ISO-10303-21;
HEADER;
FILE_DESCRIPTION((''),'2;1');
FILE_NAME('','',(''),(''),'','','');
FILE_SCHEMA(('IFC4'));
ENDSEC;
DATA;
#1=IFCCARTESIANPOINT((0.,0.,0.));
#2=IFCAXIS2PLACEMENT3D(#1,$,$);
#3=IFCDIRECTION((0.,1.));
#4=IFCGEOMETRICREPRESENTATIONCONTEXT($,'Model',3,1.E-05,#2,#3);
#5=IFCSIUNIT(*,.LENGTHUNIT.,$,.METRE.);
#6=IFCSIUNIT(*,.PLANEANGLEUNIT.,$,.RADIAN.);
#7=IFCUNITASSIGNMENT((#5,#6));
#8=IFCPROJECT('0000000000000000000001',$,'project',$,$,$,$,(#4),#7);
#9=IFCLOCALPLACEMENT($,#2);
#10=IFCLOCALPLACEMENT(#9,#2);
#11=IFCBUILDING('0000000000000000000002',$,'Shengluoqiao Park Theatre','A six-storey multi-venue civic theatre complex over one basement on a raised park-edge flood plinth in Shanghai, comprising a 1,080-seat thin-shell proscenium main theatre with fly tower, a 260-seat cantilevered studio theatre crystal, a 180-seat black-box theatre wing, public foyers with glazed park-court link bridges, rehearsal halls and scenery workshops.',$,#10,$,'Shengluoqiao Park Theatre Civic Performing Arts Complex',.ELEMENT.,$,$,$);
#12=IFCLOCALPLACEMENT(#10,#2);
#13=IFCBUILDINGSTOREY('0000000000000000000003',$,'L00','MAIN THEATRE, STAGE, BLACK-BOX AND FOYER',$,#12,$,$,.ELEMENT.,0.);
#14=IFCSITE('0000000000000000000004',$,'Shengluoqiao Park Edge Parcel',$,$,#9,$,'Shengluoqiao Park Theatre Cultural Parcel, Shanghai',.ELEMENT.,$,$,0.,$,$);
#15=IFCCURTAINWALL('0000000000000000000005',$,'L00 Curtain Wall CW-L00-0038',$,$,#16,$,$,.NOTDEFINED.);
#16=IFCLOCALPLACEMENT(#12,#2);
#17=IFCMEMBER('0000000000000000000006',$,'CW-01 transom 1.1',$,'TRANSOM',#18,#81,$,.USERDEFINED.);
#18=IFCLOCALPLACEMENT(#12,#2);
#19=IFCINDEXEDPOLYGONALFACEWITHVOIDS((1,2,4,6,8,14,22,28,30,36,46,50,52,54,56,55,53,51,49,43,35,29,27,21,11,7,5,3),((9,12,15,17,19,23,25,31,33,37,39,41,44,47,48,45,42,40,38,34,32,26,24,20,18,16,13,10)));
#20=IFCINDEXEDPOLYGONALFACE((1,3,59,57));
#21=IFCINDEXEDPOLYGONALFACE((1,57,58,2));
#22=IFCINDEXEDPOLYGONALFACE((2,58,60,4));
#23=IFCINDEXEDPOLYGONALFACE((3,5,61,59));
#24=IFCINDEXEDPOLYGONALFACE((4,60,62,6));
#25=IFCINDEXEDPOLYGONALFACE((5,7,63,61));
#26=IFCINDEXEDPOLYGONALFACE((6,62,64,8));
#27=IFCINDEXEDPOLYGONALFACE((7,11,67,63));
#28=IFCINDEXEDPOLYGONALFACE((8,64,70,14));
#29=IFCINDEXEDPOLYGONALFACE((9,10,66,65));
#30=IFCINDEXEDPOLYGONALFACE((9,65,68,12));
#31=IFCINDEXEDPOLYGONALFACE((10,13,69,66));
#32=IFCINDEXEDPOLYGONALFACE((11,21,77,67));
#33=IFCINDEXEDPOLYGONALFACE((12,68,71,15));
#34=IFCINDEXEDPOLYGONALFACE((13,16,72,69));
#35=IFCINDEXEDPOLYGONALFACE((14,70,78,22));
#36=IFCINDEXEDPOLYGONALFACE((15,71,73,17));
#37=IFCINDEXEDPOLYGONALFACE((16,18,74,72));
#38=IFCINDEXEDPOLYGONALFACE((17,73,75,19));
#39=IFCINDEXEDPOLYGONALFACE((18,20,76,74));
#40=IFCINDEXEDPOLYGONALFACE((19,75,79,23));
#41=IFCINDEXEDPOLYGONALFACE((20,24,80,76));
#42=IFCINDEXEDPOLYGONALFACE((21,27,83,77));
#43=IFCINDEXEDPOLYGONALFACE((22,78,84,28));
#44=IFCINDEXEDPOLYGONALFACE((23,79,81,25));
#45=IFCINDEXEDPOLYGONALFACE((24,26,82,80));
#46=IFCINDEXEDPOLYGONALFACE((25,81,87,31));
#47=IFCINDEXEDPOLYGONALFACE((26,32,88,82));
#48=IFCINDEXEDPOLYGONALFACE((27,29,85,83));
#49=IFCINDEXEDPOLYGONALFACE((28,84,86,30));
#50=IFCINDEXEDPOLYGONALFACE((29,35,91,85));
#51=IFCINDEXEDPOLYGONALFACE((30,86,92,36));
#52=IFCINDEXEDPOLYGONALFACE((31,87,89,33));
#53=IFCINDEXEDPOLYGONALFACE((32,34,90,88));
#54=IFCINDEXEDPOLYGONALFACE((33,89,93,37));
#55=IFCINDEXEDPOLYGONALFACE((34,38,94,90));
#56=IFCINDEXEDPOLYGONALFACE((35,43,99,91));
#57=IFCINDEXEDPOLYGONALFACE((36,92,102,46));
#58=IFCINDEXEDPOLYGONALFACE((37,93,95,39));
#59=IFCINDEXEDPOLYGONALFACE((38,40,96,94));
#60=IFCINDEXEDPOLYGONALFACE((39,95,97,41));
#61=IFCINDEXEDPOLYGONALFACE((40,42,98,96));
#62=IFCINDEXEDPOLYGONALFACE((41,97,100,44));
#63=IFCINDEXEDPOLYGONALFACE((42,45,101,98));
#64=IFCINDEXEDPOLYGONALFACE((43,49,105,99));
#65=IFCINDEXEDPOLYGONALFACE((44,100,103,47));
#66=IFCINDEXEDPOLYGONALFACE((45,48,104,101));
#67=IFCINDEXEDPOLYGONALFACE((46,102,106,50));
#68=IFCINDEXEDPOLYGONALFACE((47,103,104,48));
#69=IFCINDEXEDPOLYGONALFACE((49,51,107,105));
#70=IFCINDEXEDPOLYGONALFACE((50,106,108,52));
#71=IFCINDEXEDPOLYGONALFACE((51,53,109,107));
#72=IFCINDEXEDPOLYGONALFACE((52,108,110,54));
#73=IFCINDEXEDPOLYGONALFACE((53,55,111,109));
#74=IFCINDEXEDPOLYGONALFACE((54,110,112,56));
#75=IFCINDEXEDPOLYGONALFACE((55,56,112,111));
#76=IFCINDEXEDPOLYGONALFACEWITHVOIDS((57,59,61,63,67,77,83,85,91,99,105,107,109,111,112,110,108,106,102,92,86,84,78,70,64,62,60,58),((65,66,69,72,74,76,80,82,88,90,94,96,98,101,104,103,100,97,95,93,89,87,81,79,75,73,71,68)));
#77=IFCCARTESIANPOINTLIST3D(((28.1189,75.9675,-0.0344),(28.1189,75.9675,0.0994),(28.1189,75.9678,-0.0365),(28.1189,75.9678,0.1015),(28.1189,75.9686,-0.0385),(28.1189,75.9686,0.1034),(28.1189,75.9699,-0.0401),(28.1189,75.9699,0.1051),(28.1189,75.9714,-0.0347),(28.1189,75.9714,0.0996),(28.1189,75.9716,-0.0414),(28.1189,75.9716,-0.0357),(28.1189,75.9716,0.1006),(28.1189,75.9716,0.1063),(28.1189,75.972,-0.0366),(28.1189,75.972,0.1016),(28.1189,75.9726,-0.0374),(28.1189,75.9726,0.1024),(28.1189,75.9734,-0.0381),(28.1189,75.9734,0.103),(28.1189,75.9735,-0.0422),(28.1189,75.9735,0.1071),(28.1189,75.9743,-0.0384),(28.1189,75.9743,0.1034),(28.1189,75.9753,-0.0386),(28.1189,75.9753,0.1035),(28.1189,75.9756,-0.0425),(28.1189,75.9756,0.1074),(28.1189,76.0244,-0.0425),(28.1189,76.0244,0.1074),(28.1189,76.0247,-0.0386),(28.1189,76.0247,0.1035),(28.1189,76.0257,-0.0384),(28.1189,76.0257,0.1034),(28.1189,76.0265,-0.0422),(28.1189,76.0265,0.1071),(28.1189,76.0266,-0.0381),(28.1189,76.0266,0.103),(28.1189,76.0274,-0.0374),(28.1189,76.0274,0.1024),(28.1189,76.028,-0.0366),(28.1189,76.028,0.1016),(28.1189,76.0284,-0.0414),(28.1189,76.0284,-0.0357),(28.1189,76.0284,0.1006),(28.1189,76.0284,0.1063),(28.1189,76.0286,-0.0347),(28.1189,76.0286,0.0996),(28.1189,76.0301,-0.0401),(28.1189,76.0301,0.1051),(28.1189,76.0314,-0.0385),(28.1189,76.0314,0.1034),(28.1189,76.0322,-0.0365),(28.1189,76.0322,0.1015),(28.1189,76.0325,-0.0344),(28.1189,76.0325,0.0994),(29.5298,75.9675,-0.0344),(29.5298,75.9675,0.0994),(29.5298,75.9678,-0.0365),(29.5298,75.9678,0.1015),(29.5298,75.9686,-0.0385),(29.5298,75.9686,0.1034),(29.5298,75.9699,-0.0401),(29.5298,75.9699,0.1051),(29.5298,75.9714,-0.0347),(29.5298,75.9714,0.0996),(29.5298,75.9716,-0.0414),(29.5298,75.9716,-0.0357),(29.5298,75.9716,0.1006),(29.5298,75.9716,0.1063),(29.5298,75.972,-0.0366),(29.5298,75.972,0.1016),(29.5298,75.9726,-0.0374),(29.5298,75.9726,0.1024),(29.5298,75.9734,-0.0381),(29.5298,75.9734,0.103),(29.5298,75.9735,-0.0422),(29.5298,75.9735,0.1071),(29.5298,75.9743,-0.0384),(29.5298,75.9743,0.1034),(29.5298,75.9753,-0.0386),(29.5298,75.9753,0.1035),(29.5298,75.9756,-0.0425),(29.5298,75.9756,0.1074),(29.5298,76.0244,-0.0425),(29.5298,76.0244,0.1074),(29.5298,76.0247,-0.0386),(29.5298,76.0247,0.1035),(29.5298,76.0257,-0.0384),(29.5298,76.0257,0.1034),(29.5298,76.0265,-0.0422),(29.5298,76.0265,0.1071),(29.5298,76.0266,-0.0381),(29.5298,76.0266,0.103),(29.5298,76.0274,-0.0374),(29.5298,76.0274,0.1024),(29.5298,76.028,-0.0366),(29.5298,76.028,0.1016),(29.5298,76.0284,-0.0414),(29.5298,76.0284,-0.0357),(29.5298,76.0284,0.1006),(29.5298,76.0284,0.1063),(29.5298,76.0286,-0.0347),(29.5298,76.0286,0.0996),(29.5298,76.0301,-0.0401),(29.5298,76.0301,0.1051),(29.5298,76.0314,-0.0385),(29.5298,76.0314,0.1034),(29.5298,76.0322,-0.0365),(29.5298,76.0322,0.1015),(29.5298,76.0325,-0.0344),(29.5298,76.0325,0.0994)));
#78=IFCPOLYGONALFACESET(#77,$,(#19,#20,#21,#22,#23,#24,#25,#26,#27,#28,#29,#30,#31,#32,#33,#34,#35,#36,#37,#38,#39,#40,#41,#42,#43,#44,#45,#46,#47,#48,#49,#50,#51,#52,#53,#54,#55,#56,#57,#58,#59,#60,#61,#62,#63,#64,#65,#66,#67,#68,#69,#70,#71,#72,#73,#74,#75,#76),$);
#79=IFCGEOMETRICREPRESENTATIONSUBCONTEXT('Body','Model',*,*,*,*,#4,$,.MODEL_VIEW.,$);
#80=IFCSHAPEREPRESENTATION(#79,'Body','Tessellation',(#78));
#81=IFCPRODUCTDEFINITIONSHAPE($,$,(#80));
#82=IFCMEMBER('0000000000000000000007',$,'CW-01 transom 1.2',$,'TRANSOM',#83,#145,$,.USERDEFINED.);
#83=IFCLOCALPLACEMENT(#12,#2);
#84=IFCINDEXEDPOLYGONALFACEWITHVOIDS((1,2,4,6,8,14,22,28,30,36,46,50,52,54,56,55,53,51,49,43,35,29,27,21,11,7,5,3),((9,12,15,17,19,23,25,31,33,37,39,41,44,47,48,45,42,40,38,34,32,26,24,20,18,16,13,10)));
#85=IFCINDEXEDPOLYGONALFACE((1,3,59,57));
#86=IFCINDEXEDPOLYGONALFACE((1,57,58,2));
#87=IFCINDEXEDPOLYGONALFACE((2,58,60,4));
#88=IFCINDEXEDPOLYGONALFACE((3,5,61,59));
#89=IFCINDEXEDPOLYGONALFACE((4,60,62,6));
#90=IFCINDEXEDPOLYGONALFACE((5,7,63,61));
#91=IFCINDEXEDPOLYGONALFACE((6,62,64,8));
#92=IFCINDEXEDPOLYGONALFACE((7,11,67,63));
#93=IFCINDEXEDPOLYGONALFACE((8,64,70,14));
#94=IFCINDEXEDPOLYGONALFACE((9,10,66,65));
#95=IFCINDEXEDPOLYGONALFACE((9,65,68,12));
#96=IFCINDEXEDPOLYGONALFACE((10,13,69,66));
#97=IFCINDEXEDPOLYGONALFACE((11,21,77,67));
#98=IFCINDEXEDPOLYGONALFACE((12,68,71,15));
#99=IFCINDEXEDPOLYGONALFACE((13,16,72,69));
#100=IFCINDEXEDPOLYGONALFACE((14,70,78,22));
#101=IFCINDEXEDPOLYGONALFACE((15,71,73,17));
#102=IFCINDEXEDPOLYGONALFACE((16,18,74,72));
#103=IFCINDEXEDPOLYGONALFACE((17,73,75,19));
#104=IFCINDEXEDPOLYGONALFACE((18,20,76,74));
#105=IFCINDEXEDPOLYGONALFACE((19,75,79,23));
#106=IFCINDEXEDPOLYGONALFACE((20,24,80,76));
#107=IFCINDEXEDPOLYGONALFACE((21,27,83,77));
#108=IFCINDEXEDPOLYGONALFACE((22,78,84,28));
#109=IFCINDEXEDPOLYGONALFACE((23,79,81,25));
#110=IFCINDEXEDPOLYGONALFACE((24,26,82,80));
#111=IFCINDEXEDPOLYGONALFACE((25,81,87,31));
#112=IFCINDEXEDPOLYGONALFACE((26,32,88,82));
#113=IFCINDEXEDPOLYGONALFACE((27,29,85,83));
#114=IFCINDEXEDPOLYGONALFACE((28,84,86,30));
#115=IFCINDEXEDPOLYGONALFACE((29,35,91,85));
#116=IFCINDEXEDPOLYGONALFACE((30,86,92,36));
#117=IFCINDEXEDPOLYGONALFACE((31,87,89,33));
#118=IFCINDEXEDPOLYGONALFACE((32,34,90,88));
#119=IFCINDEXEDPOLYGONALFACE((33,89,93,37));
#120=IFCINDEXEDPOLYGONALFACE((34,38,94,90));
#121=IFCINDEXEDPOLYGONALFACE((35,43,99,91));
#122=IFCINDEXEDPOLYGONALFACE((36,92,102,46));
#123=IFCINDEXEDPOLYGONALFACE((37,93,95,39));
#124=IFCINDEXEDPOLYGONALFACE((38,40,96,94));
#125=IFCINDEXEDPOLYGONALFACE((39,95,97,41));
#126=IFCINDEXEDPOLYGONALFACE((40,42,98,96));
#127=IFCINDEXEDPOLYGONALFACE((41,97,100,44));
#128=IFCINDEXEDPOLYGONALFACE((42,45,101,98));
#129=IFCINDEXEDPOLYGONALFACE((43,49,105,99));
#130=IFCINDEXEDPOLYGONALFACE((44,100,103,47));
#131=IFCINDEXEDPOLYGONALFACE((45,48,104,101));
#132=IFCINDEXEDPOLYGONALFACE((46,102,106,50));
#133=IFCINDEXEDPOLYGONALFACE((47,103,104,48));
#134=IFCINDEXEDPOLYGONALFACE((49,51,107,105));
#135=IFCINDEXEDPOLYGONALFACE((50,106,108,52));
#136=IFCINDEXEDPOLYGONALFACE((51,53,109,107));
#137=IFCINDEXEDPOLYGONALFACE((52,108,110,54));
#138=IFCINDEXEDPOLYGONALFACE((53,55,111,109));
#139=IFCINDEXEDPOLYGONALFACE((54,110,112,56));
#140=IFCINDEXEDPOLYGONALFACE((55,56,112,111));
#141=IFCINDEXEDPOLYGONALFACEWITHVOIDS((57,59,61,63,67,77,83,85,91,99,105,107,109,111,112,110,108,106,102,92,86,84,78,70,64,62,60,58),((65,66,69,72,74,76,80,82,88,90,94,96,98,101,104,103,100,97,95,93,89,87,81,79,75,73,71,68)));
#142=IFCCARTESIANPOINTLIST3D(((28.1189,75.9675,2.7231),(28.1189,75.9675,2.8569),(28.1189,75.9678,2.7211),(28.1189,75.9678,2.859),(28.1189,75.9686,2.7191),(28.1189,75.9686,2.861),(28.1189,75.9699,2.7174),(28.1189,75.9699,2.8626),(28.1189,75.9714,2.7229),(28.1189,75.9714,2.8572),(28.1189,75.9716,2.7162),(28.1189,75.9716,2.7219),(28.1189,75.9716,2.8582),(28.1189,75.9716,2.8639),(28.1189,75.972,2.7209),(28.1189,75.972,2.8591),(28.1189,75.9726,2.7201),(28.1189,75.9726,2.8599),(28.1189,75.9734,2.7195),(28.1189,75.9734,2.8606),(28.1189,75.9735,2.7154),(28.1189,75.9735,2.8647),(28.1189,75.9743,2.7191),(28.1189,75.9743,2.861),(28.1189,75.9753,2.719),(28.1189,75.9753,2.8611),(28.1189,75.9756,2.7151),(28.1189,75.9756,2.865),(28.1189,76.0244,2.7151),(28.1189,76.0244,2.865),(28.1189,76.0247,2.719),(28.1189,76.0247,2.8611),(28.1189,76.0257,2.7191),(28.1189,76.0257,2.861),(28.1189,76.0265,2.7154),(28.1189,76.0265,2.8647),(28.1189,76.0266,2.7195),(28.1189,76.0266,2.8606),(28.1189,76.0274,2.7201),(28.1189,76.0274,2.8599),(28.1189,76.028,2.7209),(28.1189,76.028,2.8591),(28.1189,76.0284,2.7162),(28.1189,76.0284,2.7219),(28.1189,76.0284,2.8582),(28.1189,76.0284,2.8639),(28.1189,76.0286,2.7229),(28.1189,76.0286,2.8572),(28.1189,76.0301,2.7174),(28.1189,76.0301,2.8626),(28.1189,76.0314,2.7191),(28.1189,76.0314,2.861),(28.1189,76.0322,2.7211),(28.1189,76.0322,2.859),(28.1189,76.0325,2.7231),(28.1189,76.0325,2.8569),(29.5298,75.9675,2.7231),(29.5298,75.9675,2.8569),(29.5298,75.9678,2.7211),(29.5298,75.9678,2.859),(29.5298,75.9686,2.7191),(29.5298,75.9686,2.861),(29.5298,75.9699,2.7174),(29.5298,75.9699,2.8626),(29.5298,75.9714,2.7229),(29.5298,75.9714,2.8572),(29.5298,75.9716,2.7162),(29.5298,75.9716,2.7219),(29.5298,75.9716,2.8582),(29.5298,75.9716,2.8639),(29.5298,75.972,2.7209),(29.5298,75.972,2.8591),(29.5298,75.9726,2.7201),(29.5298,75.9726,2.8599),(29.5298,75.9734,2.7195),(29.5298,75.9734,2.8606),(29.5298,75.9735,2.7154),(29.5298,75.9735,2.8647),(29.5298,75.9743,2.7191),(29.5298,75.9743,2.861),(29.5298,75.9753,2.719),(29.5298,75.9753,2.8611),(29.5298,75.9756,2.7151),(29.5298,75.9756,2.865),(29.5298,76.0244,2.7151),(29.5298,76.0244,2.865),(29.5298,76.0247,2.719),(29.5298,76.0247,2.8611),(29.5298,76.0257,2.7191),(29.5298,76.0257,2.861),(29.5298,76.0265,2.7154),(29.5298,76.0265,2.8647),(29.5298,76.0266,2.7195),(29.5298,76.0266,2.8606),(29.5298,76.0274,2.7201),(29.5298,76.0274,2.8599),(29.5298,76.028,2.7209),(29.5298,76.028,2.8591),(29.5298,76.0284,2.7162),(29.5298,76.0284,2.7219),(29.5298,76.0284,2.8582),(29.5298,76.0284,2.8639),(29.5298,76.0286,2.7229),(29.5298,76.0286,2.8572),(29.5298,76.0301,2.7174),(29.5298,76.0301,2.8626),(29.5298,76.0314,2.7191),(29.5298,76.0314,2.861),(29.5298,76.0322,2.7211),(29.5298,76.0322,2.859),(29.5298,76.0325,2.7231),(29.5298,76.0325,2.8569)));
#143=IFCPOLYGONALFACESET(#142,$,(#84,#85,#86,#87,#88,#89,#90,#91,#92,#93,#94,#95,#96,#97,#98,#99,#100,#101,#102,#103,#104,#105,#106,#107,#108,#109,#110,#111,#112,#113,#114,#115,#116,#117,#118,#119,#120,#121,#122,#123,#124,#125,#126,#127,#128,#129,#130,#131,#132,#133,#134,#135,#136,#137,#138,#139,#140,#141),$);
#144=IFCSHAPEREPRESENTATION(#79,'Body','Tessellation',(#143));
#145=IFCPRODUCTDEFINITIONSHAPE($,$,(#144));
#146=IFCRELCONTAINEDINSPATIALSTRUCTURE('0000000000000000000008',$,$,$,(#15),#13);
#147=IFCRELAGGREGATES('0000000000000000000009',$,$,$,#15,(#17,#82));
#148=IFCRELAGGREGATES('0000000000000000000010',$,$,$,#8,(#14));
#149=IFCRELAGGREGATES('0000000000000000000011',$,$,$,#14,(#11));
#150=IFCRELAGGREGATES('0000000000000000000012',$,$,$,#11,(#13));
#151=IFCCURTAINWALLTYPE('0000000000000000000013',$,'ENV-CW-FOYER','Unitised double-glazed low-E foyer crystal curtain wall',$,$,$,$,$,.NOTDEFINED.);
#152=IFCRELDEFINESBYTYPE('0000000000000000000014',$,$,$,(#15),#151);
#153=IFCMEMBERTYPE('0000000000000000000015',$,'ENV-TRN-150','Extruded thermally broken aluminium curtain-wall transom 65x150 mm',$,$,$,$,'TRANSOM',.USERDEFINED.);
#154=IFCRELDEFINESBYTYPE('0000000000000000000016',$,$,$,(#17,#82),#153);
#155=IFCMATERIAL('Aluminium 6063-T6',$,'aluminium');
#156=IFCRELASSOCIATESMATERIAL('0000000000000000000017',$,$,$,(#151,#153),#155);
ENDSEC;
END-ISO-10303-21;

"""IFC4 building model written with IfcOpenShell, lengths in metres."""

from ifc_helpers import new_model, si_unit, direction, frame, origin, origin_2d, place, context, subcontext, project, spatial, hollow_rectangle, extrude, material, material_profile, profile_set, type_object, element, aggregate, save


model = new_model("IFC4")

# Units and contexts
model_context = context("Model", 3, precision=1e-05, world=origin(), true_north=direction((0.0, 1.0)))
body_context = subcontext(model_context, "Body", "Model", "MODEL_VIEW")
ifc_project = project(units=[si_unit("LENGTHUNIT", "METRE"), si_unit("PLANEANGLEUNIT", "RADIAN")], contexts=[model_context])

# Site, building, storey
site_placement = place(None, origin())
site = spatial("IfcSite", under=ifc_project, at=site_placement, Name="Shengluoqiao Park Edge Parcel", LongName="Shengluoqiao Park Theatre Cultural Parcel, Shanghai", CompositionType="ELEMENT", RefElevation=0.0)
building_placement = place(site_placement, origin())
building = spatial("IfcBuilding", under=site, at=building_placement, Name="Shengluoqiao Park Theatre", Description="A six-storey multi-venue civic theatre complex over one basement on a raised park-edge flood plinth in Shanghai, comprising a 1,080-seat thin-shell proscenium main theatre with fly tower, a 260-seat cantilevered studio theatre crystal, a 180-seat black-box theatre wing, public foyers with glazed park-court link bridges, rehearsal halls and scenery workshops.", LongName="Shengluoqiao Park Theatre Civic Performing Arts Complex", CompositionType="ELEMENT")
storey_placement = place(building_placement, origin())
storey = spatial("IfcBuildingStorey", under=building, at=storey_placement, Name="L00", Description="MAIN THEATRE, STAGE, BLACK-BOX AND FOYER", CompositionType="ELEMENT", Elevation=0.0)

# Curtain wall, members
ifc_material_1 = material(Name="Aluminium 6063-T6", Category="aluminium")
curtain_wall_type = type_object("IfcCurtainWallType", Name="ENV-CW-FOYER", Description="Unitised double-glazed low-E foyer crystal curtain wall", PredefinedType="NOTDEFINED", material=ifc_material_1)
curtain_wall_placement = place(storey_placement, origin())
curtain_wall = element("IfcCurtainWall", 1, at=curtain_wall_placement, inside=storey, type_object=curtain_wall_type, Name="L00 Curtain Wall CW-L00-0038", PredefinedType="NOTDEFINED")
ifc_material_profile_1 = material_profile(ifc_material_1, hollow_rectangle(XDim=0.0649, YDim=0.1499, WallThickness=0.0039, InnerFilletRadius=0.0039, OuterFilletRadius=0.0081, at=origin_2d()), Name="ALU TRANSOM 150x65x4")
ifc_profile_set_1 = profile_set([ifc_material_profile_1], Name="Aluminium 6063-T6")
member_type_1 = type_object("IfcMemberType", Name="ENV-TRN-150", Description="Extruded thermally broken aluminium curtain-wall transom 65x150 mm", ElementType="TRANSOM", PredefinedType="USERDEFINED", material=ifc_profile_set_1)
member_1_placement = place(storey_placement, frame((28.1189, 76.0, 0.0325), z_axis=(1.0, 0.0, 0.0), x_axis=(0.0, 1.0, 0.0)))
member_1 = element("IfcMember", 2, at=member_1_placement, type_object=member_type_1, Name="CW-01 transom 1.1", ObjectType="TRANSOM", PredefinedType="USERDEFINED", context=body_context, shape_type="SweptSolid", body=[
    extrude(hollow_rectangle(XDim=0.0649, YDim=0.1499, WallThickness=0.0039, InnerFilletRadius=0.0039, OuterFilletRadius=0.0081, at=origin_2d()), origin(), (0.0, 0.0, 1.0), 1.4109),
])
member_2_placement = place(storey_placement, frame((28.1189, 76.0, 2.79), z_axis=(1.0, 0.0, 0.0), x_axis=(0.0, 1.0, 0.0)))
member_2 = element("IfcMember", 3, at=member_2_placement, type_object=member_type_1, Name="CW-01 transom 1.2", ObjectType="TRANSOM", PredefinedType="USERDEFINED", context=body_context, shape_type="SweptSolid", body=[
    extrude(hollow_rectangle(XDim=0.0649, YDim=0.1499, WallThickness=0.0039, InnerFilletRadius=0.0039, OuterFilletRadius=0.0081, at=origin_2d()), origin(), (0.0, 0.0, 1.0), 1.4109),
])
aggregate(curtain_wall, [member_1, member_2])

save(model, "model.ifc")
